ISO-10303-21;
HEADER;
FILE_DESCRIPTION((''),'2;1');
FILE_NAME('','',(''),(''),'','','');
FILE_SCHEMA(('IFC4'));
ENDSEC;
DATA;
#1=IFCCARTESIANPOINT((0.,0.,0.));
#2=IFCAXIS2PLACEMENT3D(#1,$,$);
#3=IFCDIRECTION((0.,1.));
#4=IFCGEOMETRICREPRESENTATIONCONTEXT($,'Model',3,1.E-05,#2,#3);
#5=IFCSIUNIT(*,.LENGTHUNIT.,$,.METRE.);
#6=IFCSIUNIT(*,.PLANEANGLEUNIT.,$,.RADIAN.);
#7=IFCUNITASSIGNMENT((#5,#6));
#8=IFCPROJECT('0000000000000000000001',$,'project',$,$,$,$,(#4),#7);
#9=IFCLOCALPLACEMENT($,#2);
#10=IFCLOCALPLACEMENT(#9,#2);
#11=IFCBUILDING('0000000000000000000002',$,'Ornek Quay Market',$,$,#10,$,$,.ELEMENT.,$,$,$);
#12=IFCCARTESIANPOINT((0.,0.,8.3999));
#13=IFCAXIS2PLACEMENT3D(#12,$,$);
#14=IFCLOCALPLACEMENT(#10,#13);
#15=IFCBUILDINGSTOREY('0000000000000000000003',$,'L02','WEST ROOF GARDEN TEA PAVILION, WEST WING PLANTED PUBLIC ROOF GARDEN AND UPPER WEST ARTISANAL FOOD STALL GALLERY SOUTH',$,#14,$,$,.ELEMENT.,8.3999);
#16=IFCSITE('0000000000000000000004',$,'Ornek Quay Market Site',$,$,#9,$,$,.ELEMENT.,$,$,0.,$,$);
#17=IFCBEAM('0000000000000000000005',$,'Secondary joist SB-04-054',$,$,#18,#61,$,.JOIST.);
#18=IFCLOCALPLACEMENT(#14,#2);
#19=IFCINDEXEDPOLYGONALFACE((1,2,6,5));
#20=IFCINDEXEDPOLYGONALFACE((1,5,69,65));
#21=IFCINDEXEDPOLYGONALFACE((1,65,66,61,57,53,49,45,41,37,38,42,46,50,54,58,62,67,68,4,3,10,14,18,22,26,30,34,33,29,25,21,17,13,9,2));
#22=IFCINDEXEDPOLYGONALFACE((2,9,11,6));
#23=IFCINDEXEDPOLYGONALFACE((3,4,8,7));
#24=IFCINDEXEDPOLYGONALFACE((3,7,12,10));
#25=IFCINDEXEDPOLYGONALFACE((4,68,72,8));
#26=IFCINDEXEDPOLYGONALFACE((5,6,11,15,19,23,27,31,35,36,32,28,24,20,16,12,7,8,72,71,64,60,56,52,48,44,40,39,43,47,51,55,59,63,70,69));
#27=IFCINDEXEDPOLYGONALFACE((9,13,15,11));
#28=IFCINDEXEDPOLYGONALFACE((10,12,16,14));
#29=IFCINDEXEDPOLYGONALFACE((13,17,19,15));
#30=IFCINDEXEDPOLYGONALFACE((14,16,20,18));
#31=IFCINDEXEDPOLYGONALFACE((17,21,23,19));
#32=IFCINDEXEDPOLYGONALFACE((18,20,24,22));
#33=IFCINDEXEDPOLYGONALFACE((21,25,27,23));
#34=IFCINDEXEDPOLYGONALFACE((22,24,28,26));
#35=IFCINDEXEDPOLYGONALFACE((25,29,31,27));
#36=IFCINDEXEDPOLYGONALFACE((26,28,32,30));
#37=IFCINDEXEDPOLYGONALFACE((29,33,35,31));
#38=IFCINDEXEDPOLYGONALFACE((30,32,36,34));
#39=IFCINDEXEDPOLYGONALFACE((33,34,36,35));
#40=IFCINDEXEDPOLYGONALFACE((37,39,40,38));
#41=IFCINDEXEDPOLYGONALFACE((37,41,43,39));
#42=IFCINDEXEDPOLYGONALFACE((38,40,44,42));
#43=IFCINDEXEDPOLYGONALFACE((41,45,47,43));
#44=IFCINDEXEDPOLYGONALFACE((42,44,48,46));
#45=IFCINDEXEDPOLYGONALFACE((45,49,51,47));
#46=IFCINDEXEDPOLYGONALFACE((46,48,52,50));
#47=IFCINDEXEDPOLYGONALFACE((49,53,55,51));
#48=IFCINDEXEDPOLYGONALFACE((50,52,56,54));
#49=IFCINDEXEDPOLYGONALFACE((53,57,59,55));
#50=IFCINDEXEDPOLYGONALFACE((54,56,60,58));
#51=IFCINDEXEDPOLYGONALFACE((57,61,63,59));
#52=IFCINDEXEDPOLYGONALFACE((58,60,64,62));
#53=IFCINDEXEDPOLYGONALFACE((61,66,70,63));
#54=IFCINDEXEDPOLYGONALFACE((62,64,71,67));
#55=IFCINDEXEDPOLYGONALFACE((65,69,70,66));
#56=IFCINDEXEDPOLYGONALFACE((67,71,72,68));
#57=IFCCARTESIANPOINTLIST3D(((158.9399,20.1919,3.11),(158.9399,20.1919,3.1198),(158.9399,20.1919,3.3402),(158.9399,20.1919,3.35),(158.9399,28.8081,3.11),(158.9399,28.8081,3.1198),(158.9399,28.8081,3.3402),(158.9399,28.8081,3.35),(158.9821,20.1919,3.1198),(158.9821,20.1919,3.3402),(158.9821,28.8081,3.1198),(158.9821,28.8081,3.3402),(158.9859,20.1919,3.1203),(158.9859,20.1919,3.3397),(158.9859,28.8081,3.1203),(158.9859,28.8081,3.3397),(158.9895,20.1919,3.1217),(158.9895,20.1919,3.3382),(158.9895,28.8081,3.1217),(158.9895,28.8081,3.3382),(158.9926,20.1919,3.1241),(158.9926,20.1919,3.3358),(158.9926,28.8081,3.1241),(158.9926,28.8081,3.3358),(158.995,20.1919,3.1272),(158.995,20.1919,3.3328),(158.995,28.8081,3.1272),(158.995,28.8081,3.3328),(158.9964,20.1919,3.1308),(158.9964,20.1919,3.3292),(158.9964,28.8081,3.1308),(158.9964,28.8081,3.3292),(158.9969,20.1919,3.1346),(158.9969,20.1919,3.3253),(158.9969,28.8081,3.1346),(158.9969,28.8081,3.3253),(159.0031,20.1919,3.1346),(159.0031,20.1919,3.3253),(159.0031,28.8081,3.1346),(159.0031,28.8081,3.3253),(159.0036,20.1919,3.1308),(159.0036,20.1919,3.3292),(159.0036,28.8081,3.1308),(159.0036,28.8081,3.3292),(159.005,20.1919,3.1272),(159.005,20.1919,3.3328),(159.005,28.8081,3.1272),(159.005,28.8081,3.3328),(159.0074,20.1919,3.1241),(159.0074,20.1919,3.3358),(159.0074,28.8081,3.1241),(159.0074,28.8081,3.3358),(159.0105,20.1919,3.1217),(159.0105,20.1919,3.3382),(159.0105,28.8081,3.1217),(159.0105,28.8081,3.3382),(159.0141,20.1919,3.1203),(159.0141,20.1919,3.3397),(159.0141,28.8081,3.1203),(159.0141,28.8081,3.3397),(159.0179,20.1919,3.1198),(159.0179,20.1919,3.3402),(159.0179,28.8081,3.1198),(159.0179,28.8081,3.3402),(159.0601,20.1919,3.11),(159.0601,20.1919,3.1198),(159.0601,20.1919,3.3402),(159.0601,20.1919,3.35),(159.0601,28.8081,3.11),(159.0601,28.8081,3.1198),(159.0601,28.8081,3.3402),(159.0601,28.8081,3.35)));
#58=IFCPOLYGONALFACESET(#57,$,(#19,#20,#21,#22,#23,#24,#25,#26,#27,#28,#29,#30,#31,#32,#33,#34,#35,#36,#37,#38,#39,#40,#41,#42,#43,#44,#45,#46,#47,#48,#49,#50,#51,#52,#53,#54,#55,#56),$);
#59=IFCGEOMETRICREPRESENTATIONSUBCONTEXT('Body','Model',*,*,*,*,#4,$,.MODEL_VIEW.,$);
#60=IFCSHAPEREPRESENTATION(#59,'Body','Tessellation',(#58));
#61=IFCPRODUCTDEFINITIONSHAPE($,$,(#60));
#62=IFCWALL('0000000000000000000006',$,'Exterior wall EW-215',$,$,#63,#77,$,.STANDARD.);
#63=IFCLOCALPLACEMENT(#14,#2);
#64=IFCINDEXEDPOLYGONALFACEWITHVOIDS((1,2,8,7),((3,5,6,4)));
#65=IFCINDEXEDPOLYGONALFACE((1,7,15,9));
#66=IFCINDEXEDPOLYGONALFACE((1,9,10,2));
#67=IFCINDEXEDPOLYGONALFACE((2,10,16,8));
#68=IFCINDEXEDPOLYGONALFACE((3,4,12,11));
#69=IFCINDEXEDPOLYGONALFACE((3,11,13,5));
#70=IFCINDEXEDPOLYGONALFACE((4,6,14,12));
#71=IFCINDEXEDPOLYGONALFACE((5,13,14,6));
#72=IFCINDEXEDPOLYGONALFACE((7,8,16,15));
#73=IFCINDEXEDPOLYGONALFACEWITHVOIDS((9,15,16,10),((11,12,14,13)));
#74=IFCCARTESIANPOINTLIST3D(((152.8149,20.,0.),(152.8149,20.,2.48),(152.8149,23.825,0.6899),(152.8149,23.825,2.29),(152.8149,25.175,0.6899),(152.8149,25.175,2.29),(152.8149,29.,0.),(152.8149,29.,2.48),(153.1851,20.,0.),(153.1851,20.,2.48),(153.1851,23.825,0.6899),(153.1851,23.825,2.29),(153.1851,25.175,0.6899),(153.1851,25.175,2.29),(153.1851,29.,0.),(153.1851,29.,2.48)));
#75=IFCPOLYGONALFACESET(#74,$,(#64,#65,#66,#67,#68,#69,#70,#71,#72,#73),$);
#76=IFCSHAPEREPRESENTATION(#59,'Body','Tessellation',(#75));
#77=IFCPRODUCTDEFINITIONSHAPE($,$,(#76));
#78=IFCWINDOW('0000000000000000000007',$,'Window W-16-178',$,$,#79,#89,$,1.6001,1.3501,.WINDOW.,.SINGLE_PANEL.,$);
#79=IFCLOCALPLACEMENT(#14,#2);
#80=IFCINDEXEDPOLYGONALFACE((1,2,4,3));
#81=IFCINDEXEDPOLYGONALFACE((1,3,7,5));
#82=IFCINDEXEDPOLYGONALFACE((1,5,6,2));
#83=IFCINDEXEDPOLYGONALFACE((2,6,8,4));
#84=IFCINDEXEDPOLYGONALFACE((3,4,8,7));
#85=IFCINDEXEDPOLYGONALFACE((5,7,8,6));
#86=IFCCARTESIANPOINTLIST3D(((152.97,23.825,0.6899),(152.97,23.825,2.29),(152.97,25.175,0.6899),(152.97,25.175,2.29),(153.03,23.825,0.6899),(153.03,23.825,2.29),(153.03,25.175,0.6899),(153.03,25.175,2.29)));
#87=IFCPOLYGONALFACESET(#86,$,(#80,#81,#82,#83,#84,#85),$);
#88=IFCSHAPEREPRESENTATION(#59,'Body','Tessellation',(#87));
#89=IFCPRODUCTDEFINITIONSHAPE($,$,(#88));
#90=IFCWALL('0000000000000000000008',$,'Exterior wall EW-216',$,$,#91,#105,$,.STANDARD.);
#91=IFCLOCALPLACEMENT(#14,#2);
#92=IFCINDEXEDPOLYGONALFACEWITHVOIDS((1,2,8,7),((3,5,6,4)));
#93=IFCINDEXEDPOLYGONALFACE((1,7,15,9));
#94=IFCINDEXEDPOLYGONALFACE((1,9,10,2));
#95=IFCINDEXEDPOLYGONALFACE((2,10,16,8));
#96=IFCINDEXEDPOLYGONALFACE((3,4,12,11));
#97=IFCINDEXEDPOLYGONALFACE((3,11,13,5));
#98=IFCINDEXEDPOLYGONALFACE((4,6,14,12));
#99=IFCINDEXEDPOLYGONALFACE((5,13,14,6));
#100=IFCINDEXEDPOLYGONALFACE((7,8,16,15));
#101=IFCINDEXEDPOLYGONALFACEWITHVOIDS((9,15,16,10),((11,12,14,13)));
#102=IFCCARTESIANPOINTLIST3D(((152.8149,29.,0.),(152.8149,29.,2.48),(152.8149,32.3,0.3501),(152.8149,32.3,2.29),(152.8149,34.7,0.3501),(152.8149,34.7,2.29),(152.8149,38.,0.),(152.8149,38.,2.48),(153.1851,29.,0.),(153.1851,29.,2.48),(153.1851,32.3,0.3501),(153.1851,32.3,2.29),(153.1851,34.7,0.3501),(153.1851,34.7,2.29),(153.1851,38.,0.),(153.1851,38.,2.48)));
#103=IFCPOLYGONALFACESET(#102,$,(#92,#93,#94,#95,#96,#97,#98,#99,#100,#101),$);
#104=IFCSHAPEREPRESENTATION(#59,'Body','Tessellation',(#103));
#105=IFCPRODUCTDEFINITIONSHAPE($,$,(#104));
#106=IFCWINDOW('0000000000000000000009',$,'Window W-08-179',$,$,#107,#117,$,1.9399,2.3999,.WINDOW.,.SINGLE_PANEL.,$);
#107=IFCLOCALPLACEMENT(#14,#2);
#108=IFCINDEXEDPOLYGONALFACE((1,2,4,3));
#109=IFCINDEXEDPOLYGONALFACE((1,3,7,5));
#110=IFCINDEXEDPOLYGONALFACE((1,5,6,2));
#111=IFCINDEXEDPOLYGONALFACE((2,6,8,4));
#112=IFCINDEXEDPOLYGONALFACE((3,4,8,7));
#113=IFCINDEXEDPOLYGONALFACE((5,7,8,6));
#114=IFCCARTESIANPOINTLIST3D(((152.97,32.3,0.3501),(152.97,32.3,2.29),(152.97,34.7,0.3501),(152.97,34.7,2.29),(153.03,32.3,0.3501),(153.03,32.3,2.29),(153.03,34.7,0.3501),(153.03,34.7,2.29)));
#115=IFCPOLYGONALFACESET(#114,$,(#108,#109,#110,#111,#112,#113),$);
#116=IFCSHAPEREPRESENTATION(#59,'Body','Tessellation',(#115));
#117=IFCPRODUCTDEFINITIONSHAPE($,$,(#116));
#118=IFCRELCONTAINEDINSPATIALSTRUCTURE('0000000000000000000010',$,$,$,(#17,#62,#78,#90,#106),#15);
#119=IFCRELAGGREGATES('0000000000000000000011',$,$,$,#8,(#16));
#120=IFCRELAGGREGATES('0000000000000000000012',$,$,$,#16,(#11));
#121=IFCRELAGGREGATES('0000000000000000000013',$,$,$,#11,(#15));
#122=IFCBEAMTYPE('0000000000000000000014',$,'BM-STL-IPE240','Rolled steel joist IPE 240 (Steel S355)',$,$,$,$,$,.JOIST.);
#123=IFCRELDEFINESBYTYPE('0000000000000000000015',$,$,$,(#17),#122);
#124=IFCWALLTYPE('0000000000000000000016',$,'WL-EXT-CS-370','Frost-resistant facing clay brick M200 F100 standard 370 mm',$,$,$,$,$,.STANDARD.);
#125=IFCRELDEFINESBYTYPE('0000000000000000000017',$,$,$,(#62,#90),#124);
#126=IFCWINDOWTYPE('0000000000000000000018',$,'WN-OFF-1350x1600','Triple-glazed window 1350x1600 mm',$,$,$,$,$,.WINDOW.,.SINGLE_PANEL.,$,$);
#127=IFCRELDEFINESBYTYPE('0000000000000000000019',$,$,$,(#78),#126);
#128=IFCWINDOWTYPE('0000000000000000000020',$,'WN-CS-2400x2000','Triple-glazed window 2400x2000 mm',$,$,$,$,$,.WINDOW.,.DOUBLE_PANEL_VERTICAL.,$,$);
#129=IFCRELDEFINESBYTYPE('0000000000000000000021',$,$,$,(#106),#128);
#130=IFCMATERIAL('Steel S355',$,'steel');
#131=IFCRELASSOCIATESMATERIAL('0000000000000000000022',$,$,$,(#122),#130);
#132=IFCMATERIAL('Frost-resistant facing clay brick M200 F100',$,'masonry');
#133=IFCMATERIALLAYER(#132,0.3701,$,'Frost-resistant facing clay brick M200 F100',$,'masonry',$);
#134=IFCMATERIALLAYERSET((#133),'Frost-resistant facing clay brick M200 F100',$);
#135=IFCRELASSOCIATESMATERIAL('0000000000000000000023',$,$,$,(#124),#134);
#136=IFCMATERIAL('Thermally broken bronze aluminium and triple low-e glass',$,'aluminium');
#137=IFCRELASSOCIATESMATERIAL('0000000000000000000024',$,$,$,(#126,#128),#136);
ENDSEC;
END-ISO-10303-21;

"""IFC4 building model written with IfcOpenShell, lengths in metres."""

from ifc_helpers import new_model, si_unit, direction, frame, frame_2d, origin, origin_2d, place, context, subcontext, project, spatial, rectangle, i_section, extrude, material, layer, layer_set, material_profile, profile_set, type_object, element, fill, save


model = new_model("IFC4")

# Units and contexts
model_context = context("Model", 3, precision=1e-05, world=origin(), true_north=direction((0.0, 1.0)))
body_context = subcontext(model_context, "Body", "Model", "MODEL_VIEW")
ifc_project = project(units=[si_unit("LENGTHUNIT", "METRE"), si_unit("PLANEANGLEUNIT", "RADIAN")], contexts=[model_context])

# Site, building, storey
site_placement = place(None, origin())
site = spatial("IfcSite", under=ifc_project, at=site_placement, Name="Ornek Quay Market Site", CompositionType="ELEMENT", RefElevation=0.0)
building_placement = place(site_placement, origin())
building = spatial("IfcBuilding", under=site, at=building_placement, Name="Ornek Quay Market", CompositionType="ELEMENT")
storey_placement = place(building_placement, frame((0.0, 0.0, 8.3999)))
storey = spatial("IfcBuildingStorey", under=building, at=storey_placement, Name="L02", Description="WEST ROOF GARDEN TEA PAVILION, WEST WING PLANTED PUBLIC ROOF GARDEN AND UPPER WEST ARTISANAL FOOD STALL GALLERY SOUTH", CompositionType="ELEMENT", Elevation=8.3999)

# Beam
ifc_material_1 = material(Name="Steel S355", Category="steel")
ifc_material_profile_1 = material_profile(ifc_material_1, i_section(OverallWidth=0.1201, OverallDepth=0.24, WebThickness=0.0061, FlangeThickness=0.0098, FilletRadius=0.0149, at=origin_2d()), Name="IPE 240", Category="steel")
ifc_profile_set_1 = profile_set([ifc_material_profile_1], Name="Steel S355")
beam_type_1 = type_object("IfcBeamType", Name="BM-STL-IPE240", Description="Rolled steel joist IPE 240 (Steel S355)", PredefinedType="JOIST", material=ifc_profile_set_1)
for number, where, z_axis, x_axis, name in (
    (1, (159.0, 20.1919, 3.23), (0.0, 1.0, 0.0), (-1.0, 0.0, 0.0), "Secondary joist SB-04-054"),
):
    element("IfcBeam", number, at=place(storey_placement, frame(where, z_axis=z_axis, x_axis=x_axis)), inside=storey, type_object=beam_type_1, Name=name, PredefinedType="JOIST", context=body_context, shape_type="SweptSolid", body=[
        extrude(i_section(OverallWidth=0.1201, OverallDepth=0.24, WebThickness=0.0061, FlangeThickness=0.0098, FilletRadius=0.0149, at=origin_2d()), origin(), (0.0, 0.0, 1.0), 8.6162),
    ])

# Walls, openings, windows
ifc_material_2 = material(Name="Frost-resistant facing clay brick M200 F100", Category="masonry")
ifc_layer_1 = layer(ifc_material_2, 0.3701, Name="Frost-resistant facing clay brick M200 F100", Category="masonry")
ifc_layer_set_1 = layer_set([ifc_layer_1], Name="Frost-resistant facing clay brick M200 F100")
wall_type = type_object("IfcWallType", Name="WL-EXT-CS-370", Description="Frost-resistant facing clay brick M200 F100 standard 370 mm", PredefinedType="STANDARD", material=ifc_layer_set_1)
wall_1_placement = place(storey_placement, frame((153.0, 20.0, 0.0), z_axis=(0.0, 0.0, 1.0), x_axis=(0.0, 1.0, 0.0)))
wall_1 = element("IfcWall", 2, at=wall_1_placement, inside=storey, type_object=wall_type, Name="Exterior wall EW-215", PredefinedType="STANDARD", context=body_context, shape_type="SweptSolid", body=[
    extrude(rectangle(XDim=9.0, YDim=0.3701, at=frame_2d((4.5, 0.0))), origin(), (0.0, 0.0, 1.0), 2.48),
])
opening_1_placement = place(wall_1_placement, frame((3.825, 0.0, 0.6899)))
opening_1 = element("IfcOpeningElement", 3, at=opening_1_placement, cuts=wall_1, PredefinedType="OPENING", context=body_context, shape_type="SweptSolid", body=[
    extrude(rectangle(XDim=1.3501, YDim=1.6001, at=frame_2d((0.675, 0.8))), frame((0.0, 0.1951, 0.0), z_axis=(0.0, -1.0, 0.0), x_axis=(1.0, 0.0, 0.0)), (0.0, 0.0, 1.0), 0.3901),
])
ifc_material_3 = material(Name="Thermally broken bronze aluminium and triple low-e glass", Category="aluminium")
window_type_1 = type_object("IfcWindowType", Name="WN-OFF-1350x1600", Description="Triple-glazed window 1350x1600 mm", PartitioningType="SINGLE_PANEL", PredefinedType="WINDOW", material=ifc_material_3)
window_1_placement = place(opening_1_placement, origin())
window_1 = element("IfcWindow", 4, at=window_1_placement, inside=storey, type_object=window_type_1, Name="Window W-16-178", OverallHeight=1.6001, OverallWidth=1.3501, PartitioningType="SINGLE_PANEL", PredefinedType="WINDOW", context=body_context, shape_type="SweptSolid", body=[
    extrude(rectangle(XDim=1.3501, YDim=1.6001, at=frame_2d((0.675, 0.8))), frame((0.0, 0.03, 0.0), z_axis=(0.0, -1.0, 0.0), x_axis=(1.0, 0.0, 0.0)), (0.0, 0.0, 1.0), 0.0601),
])
fill(opening_1, window_1)
wall_2_placement = place(storey_placement, frame((153.0, 29.0, 0.0), z_axis=(0.0, 0.0, 1.0), x_axis=(0.0, 1.0, 0.0)))
wall_2 = element("IfcWall", 5, at=wall_2_placement, inside=storey, type_object=wall_type, Name="Exterior wall EW-216", PredefinedType="STANDARD", context=body_context, shape_type="SweptSolid", body=[
    extrude(rectangle(XDim=9.0, YDim=0.3701, at=frame_2d((4.5, 0.0))), origin(), (0.0, 0.0, 1.0), 2.48),
])
opening_2_placement = place(wall_2_placement, frame((3.3, 0.0, 0.3501)))
opening_2 = element("IfcOpeningElement", 6, at=opening_2_placement, cuts=wall_2, PredefinedType="OPENING", context=body_context, shape_type="SweptSolid", body=[
    extrude(rectangle(XDim=2.3999, YDim=1.9399, at=frame_2d((1.2, 0.97))), frame((0.0, 0.1951, 0.0), z_axis=(0.0, -1.0, 0.0), x_axis=(1.0, 0.0, 0.0)), (0.0, 0.0, 1.0), 0.3901),
])
window_type_2 = type_object("IfcWindowType", Name="WN-CS-2400x2000", Description="Triple-glazed window 2400x2000 mm", PartitioningType="DOUBLE_PANEL_VERTICAL", PredefinedType="WINDOW", material=ifc_material_3)
window_2_placement = place(opening_2_placement, origin())
window_2 = element("IfcWindow", 7, at=window_2_placement, inside=storey, type_object=window_type_2, Name="Window W-08-179", OverallHeight=1.9399, OverallWidth=2.3999, PartitioningType="SINGLE_PANEL", PredefinedType="WINDOW", context=body_context, shape_type="SweptSolid", body=[
    extrude(rectangle(XDim=2.3999, YDim=1.9399, at=frame_2d((1.2, 0.97))), frame((0.0, 0.03, 0.0), z_axis=(0.0, -1.0, 0.0), x_axis=(1.0, 0.0, 0.0)), (0.0, 0.0, 1.0), 0.0601),
])
fill(opening_2, window_2)

save(model, "model.ifc")
